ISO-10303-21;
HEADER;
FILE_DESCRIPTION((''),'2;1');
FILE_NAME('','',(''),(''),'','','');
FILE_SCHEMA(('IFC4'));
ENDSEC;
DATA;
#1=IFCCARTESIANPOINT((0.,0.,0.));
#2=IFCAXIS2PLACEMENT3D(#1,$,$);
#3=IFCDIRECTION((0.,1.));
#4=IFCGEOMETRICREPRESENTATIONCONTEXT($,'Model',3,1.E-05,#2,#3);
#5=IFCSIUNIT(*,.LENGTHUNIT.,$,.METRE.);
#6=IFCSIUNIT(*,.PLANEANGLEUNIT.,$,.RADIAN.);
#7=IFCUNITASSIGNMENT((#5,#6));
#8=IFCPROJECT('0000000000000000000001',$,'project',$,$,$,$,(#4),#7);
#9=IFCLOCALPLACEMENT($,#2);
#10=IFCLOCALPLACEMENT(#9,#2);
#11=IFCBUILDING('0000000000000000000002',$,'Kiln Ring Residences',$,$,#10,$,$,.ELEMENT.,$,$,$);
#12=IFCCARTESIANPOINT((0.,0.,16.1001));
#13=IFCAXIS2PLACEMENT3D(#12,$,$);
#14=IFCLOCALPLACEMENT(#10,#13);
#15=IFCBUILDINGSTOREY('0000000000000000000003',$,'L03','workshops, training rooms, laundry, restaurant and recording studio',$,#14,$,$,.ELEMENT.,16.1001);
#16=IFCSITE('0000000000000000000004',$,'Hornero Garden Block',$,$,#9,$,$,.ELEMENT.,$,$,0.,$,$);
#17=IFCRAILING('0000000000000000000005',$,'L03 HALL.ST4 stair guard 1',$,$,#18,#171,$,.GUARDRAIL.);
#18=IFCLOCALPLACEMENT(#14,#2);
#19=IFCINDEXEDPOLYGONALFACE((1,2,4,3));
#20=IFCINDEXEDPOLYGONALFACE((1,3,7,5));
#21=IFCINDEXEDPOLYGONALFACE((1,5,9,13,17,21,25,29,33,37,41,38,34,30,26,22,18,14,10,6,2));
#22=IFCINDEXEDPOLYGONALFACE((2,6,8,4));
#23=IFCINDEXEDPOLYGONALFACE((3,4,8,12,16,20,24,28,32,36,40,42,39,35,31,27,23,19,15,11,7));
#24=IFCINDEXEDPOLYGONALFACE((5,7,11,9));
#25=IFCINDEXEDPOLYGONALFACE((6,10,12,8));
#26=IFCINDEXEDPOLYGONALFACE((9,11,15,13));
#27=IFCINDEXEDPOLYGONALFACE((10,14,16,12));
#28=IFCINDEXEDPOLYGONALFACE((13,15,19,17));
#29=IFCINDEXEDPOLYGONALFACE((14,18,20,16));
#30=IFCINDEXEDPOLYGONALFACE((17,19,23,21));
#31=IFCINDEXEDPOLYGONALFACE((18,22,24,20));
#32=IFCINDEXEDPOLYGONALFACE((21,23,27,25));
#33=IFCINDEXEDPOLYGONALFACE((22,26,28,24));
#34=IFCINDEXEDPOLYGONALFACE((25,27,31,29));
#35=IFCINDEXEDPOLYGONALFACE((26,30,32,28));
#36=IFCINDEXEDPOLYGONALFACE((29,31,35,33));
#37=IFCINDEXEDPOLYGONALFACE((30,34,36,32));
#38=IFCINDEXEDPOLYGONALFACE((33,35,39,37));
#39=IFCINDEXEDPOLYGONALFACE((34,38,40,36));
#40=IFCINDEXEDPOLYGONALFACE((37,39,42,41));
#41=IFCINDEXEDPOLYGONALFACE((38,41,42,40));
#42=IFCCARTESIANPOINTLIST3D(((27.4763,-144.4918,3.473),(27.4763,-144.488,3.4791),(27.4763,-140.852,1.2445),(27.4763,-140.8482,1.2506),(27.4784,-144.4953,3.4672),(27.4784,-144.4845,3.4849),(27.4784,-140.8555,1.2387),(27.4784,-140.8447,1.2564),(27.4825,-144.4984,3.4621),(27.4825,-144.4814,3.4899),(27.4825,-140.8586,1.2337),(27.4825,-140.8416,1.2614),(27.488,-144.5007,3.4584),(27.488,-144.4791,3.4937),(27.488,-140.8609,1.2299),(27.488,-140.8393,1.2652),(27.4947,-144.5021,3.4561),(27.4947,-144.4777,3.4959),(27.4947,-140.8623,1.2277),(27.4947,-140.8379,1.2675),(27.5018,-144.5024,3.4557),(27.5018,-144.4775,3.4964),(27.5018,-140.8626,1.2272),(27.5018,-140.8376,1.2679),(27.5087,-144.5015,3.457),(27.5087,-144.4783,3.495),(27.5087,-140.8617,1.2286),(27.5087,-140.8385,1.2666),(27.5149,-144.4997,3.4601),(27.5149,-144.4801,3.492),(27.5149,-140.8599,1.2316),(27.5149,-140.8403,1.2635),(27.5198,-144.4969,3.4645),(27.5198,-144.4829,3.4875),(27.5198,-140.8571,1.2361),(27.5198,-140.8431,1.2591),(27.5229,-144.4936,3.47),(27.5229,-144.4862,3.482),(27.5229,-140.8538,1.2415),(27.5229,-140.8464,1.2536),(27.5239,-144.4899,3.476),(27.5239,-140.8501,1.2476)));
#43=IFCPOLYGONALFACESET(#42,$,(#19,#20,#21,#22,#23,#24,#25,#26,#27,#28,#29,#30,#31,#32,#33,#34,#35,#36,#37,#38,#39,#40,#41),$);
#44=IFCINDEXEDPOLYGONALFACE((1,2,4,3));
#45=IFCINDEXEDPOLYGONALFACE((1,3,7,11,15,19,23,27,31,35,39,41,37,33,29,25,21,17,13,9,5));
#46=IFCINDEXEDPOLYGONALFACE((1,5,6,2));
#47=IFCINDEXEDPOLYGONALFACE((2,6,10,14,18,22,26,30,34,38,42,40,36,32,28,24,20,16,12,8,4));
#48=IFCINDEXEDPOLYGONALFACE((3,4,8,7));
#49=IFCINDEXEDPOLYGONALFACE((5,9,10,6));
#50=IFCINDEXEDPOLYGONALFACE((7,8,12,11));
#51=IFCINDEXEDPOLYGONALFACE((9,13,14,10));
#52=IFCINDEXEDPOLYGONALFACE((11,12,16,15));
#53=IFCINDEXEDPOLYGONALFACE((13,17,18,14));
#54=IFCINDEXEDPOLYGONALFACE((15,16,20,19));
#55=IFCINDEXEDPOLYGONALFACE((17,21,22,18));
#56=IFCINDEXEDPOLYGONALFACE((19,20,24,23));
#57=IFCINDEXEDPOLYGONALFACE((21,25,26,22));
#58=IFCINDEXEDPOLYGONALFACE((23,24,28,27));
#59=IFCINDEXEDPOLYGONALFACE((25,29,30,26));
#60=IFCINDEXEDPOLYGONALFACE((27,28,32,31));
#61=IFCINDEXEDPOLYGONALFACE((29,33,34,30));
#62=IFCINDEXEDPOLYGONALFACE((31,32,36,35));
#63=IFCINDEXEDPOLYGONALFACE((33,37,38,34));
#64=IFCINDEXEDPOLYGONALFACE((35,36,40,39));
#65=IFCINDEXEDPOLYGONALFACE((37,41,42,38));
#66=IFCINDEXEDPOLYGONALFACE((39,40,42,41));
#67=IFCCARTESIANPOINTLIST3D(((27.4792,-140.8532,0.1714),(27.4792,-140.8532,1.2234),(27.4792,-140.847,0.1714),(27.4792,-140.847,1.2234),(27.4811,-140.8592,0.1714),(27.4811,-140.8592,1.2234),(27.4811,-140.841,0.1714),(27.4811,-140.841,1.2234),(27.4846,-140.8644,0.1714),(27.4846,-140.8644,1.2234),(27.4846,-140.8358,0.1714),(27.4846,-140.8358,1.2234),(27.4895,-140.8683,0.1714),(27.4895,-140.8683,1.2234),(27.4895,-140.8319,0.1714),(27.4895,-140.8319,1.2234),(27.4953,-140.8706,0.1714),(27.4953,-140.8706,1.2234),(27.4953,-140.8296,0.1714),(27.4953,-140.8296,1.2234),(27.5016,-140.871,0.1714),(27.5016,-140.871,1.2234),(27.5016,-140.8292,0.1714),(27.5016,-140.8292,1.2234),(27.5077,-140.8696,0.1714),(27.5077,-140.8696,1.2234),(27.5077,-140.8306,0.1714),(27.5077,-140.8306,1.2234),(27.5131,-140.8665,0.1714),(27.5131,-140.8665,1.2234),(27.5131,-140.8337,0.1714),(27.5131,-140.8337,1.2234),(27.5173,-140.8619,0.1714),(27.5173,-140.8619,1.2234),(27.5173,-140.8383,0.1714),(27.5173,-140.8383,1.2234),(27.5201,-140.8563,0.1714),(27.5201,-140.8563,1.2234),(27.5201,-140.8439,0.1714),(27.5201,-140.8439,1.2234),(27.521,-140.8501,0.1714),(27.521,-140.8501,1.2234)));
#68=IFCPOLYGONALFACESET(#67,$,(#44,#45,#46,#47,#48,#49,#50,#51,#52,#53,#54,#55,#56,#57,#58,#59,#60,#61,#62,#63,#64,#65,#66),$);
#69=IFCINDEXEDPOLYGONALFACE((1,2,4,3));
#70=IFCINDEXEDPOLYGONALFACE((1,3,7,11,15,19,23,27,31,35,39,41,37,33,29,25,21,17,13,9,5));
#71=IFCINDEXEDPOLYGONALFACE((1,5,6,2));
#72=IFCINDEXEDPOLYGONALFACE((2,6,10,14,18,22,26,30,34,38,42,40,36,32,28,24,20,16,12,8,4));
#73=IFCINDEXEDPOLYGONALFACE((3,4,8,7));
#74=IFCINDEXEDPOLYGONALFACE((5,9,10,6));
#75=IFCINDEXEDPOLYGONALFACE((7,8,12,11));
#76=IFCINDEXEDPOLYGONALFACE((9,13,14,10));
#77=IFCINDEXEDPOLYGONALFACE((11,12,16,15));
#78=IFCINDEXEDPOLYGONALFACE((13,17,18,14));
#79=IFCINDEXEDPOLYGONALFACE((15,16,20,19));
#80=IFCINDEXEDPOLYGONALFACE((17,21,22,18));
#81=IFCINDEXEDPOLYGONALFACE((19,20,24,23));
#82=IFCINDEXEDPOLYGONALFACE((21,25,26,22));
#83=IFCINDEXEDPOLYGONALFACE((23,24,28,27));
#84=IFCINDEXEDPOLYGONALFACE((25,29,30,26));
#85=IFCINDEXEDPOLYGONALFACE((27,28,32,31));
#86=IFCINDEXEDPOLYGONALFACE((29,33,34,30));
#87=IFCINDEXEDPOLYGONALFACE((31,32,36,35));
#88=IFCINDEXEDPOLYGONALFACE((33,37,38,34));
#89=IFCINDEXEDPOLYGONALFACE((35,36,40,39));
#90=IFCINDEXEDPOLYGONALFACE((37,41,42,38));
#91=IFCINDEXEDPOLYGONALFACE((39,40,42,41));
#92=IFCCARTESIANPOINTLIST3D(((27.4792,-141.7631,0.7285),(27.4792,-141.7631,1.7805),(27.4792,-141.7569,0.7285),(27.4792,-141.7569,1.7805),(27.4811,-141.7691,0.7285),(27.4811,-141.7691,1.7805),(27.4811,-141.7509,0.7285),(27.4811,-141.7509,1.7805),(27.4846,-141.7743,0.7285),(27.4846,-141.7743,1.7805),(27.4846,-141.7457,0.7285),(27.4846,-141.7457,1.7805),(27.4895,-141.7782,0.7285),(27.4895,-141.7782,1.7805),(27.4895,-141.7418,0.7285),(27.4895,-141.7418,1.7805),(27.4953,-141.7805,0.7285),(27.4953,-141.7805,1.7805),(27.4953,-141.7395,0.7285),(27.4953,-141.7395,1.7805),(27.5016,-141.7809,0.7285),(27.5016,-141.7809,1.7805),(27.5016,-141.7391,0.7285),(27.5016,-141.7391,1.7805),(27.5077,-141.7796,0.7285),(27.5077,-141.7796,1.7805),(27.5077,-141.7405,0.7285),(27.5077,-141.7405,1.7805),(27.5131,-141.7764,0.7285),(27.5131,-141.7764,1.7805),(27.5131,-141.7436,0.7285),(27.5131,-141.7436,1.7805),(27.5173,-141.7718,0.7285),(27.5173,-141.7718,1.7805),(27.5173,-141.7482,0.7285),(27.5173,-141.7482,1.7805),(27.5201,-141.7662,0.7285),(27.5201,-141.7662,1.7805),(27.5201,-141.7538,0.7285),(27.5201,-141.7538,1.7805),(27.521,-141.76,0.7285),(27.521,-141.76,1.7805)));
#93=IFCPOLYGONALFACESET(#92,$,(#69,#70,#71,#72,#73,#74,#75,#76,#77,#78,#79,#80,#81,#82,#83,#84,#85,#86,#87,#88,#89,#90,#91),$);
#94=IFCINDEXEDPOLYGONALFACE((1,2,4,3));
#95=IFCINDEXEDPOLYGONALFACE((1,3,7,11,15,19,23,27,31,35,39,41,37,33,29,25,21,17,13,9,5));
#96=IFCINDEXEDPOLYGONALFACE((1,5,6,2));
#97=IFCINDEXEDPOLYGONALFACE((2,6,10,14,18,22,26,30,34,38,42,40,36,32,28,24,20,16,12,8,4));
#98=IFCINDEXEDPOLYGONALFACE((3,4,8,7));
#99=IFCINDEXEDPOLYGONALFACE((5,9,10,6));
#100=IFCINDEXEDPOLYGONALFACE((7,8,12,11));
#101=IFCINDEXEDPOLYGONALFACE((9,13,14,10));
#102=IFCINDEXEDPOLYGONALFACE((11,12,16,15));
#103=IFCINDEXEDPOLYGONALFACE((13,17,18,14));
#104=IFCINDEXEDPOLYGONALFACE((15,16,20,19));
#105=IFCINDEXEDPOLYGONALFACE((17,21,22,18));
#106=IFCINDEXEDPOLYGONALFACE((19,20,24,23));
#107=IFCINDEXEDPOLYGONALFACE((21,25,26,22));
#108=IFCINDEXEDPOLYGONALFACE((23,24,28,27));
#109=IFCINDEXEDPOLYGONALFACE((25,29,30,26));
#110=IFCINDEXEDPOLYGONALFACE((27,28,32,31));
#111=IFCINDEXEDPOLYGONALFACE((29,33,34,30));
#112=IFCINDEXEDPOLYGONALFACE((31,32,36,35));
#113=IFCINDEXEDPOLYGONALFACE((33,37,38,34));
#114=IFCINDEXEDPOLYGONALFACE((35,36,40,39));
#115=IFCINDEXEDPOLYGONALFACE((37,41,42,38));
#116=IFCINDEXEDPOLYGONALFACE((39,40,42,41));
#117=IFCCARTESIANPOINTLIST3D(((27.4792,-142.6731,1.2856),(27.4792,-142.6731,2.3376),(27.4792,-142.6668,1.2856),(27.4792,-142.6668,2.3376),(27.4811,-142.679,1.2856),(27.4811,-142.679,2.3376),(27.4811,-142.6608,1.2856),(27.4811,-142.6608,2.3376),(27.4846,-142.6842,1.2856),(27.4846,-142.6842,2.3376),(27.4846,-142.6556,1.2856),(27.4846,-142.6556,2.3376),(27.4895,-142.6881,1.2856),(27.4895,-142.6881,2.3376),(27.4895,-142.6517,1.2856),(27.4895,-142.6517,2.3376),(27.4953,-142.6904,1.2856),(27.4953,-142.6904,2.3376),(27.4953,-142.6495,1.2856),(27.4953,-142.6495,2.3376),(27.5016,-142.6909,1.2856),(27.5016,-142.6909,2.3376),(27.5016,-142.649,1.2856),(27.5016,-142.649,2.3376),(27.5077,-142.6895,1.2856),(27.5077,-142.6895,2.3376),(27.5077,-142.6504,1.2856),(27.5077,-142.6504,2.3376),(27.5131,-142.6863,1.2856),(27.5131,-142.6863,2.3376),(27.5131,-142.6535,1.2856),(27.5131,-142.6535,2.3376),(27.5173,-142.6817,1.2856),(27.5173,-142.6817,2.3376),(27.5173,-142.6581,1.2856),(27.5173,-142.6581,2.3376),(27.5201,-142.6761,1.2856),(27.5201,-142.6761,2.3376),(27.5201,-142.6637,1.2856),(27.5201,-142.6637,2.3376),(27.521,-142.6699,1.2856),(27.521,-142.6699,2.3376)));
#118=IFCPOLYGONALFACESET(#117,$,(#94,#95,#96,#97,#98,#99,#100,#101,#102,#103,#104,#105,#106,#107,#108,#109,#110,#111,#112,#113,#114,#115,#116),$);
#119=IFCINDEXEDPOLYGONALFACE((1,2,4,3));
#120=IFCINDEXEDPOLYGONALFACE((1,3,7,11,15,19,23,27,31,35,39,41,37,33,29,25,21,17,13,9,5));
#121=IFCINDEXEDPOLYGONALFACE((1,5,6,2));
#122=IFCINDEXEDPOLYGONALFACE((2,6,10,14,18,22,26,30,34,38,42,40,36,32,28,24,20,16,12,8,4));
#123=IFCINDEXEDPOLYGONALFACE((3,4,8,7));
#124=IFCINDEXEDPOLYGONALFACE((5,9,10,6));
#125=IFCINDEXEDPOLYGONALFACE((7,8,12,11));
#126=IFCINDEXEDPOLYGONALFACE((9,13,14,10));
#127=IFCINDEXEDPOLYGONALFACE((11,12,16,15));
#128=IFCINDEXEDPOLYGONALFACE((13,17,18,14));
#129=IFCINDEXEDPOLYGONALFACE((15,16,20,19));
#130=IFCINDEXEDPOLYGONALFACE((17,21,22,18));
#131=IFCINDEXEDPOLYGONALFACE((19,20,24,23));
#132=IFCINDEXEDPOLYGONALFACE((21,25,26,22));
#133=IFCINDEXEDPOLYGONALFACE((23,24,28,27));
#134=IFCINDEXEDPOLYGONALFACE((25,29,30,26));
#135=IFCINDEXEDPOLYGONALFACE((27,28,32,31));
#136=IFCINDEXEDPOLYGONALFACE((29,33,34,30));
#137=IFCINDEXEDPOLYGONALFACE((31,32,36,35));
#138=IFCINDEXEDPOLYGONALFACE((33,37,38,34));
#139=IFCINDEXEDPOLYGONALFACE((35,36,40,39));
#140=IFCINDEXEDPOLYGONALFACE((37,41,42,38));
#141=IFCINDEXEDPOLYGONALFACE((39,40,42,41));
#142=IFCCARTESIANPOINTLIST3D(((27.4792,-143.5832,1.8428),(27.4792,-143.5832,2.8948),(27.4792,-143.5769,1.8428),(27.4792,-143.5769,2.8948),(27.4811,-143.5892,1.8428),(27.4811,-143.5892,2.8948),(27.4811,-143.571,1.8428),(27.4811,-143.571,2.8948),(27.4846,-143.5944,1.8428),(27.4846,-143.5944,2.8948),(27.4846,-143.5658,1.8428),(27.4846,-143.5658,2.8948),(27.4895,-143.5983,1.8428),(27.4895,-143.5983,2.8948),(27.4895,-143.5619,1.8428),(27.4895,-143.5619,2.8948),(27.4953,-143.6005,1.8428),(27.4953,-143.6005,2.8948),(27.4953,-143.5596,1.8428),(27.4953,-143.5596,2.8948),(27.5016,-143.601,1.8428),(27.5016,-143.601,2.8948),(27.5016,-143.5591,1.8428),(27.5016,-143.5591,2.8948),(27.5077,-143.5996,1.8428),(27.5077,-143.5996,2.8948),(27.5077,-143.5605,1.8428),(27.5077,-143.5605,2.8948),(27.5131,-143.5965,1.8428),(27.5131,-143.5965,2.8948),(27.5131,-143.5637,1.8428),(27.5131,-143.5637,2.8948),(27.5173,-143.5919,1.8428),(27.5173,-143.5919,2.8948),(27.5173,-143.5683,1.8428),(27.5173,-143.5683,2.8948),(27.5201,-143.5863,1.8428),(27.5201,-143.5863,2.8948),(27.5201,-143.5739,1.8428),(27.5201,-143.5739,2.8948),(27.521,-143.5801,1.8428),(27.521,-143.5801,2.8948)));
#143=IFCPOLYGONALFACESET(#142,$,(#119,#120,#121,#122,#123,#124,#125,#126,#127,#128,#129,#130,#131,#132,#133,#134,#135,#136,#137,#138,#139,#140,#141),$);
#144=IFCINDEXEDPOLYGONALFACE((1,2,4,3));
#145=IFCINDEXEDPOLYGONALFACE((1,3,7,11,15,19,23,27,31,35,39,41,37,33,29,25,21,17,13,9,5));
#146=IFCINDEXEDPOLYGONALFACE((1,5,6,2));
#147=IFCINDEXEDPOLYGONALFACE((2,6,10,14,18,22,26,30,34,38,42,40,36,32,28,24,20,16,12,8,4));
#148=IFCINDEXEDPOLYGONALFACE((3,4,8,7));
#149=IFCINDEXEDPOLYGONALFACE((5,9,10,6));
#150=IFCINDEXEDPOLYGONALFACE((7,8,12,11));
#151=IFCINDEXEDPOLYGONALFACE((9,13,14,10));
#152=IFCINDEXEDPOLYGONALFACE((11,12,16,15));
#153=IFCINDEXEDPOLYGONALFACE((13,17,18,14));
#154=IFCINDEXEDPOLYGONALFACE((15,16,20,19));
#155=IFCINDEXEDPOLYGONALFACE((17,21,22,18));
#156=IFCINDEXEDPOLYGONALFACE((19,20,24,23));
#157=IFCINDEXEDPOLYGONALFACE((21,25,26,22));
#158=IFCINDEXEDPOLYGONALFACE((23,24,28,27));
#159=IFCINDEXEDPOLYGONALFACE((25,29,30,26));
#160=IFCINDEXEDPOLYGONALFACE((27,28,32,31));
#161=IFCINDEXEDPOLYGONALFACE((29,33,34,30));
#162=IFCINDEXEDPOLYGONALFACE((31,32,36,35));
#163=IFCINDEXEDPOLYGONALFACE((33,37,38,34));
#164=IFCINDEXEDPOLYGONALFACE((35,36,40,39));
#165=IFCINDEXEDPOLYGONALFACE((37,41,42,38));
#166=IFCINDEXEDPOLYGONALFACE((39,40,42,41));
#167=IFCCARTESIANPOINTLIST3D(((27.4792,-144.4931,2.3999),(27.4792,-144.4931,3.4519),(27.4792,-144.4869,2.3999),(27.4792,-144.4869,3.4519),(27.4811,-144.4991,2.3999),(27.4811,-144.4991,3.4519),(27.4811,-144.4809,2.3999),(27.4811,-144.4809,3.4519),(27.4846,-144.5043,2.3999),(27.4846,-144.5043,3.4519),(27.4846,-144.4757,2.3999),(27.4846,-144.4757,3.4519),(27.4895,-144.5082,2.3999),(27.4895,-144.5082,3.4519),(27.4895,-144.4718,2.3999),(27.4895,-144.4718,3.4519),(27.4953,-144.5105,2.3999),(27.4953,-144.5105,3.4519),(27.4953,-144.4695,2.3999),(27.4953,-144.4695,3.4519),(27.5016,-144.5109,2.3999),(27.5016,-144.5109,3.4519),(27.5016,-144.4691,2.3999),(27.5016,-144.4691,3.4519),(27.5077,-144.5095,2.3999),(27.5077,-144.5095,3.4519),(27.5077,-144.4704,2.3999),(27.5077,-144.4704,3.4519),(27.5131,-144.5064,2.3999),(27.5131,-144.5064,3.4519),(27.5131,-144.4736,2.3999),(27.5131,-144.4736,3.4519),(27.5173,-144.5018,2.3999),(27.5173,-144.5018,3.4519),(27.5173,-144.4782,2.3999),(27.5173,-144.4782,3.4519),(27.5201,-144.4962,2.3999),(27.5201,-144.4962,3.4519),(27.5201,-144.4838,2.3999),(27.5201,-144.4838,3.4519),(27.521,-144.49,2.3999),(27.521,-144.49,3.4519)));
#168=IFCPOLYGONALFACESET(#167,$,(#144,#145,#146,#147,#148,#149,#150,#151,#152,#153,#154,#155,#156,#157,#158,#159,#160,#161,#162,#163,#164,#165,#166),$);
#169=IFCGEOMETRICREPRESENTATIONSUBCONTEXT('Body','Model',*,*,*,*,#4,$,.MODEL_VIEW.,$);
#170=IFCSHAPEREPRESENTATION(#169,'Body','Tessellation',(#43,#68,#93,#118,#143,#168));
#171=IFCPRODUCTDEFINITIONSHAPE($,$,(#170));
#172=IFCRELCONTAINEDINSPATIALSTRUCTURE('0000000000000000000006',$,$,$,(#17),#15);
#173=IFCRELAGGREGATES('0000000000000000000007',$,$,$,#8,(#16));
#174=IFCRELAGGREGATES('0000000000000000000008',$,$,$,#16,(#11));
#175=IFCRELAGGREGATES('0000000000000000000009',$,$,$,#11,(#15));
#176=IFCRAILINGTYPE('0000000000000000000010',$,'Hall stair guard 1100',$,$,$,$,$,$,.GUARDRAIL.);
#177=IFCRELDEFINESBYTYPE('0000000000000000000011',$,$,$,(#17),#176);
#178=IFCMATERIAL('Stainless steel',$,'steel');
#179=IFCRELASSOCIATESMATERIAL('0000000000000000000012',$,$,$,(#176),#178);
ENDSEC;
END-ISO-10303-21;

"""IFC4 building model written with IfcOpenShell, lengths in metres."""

from ifc_helpers import new_model, si_unit, direction, frame, origin, origin_2d, place, context, subcontext, project, spatial, circle, extrude, material, type_object, element, save


model = new_model("IFC4")

# Units and contexts
model_context = context("Model", 3, precision=1e-05, world=origin(), true_north=direction((0.0, 1.0)))
body_context = subcontext(model_context, "Body", "Model", "MODEL_VIEW")
ifc_project = project(units=[si_unit("LENGTHUNIT", "METRE"), si_unit("PLANEANGLEUNIT", "RADIAN")], contexts=[model_context])

# Site, building, storey
site_placement = place(None, origin())
site = spatial("IfcSite", under=ifc_project, at=site_placement, Name="Hornero Garden Block", CompositionType="ELEMENT", RefElevation=0.0)
building_placement = place(site_placement, origin())
building = spatial("IfcBuilding", under=site, at=building_placement, Name="Kiln Ring Residences", CompositionType="ELEMENT")
storey_placement = place(building_placement, frame((0.0, 0.0, 16.1001)))
storey = spatial("IfcBuildingStorey", under=building, at=storey_placement, Name="L03", Description="workshops, training rooms, laundry, restaurant and recording studio", CompositionType="ELEMENT", Elevation=16.1001)

# Railing
ifc_material_1 = material(Name="Stainless steel", Category="steel")
railing_type_1 = type_object("IfcRailingType", Name="Hall stair guard 1100", PredefinedType="GUARDRAIL", material=ifc_material_1)
railing_1_placement = place(storey_placement, frame((27.5, -140.8501, 0.1714)))
element("IfcRailing", 1, at=railing_1_placement, inside=storey, type_object=railing_type_1, Name="L03 HALL.ST4 stair guard 1", PredefinedType="GUARDRAIL", context=body_context, shape_type="SweptSolid", body=[
    extrude(circle(Radius=0.0239, at=origin_2d()), frame((0.0, 0.0, 1.0762), z_axis=(0.0, -0.85285, 0.522156), x_axis=(1.0, 0.0, 0.0)), (0.0, 0.0, 1.0), 4.2678),
    extrude(circle(Radius=0.021, at=origin_2d()), origin(), (0.0, 0.0, 1.0), 1.052),
    extrude(circle(Radius=0.021, at=origin_2d()), frame((0.0, -0.9099, 0.5571)), (0.0, 0.0, 1.0), 1.052),
    extrude(circle(Radius=0.021, at=origin_2d()), frame((0.0, -1.8198, 1.1143)), (0.0, 0.0, 1.0), 1.052),
    extrude(circle(Radius=0.021, at=origin_2d()), frame((0.0, -2.73, 1.6714)), (0.0, 0.0, 1.0), 1.052),
    extrude(circle(Radius=0.021, at=origin_2d()), frame((0.0, -3.6399, 2.2285)), (0.0, 0.0, 1.0), 1.052),
])

save(model, "model.ifc")
